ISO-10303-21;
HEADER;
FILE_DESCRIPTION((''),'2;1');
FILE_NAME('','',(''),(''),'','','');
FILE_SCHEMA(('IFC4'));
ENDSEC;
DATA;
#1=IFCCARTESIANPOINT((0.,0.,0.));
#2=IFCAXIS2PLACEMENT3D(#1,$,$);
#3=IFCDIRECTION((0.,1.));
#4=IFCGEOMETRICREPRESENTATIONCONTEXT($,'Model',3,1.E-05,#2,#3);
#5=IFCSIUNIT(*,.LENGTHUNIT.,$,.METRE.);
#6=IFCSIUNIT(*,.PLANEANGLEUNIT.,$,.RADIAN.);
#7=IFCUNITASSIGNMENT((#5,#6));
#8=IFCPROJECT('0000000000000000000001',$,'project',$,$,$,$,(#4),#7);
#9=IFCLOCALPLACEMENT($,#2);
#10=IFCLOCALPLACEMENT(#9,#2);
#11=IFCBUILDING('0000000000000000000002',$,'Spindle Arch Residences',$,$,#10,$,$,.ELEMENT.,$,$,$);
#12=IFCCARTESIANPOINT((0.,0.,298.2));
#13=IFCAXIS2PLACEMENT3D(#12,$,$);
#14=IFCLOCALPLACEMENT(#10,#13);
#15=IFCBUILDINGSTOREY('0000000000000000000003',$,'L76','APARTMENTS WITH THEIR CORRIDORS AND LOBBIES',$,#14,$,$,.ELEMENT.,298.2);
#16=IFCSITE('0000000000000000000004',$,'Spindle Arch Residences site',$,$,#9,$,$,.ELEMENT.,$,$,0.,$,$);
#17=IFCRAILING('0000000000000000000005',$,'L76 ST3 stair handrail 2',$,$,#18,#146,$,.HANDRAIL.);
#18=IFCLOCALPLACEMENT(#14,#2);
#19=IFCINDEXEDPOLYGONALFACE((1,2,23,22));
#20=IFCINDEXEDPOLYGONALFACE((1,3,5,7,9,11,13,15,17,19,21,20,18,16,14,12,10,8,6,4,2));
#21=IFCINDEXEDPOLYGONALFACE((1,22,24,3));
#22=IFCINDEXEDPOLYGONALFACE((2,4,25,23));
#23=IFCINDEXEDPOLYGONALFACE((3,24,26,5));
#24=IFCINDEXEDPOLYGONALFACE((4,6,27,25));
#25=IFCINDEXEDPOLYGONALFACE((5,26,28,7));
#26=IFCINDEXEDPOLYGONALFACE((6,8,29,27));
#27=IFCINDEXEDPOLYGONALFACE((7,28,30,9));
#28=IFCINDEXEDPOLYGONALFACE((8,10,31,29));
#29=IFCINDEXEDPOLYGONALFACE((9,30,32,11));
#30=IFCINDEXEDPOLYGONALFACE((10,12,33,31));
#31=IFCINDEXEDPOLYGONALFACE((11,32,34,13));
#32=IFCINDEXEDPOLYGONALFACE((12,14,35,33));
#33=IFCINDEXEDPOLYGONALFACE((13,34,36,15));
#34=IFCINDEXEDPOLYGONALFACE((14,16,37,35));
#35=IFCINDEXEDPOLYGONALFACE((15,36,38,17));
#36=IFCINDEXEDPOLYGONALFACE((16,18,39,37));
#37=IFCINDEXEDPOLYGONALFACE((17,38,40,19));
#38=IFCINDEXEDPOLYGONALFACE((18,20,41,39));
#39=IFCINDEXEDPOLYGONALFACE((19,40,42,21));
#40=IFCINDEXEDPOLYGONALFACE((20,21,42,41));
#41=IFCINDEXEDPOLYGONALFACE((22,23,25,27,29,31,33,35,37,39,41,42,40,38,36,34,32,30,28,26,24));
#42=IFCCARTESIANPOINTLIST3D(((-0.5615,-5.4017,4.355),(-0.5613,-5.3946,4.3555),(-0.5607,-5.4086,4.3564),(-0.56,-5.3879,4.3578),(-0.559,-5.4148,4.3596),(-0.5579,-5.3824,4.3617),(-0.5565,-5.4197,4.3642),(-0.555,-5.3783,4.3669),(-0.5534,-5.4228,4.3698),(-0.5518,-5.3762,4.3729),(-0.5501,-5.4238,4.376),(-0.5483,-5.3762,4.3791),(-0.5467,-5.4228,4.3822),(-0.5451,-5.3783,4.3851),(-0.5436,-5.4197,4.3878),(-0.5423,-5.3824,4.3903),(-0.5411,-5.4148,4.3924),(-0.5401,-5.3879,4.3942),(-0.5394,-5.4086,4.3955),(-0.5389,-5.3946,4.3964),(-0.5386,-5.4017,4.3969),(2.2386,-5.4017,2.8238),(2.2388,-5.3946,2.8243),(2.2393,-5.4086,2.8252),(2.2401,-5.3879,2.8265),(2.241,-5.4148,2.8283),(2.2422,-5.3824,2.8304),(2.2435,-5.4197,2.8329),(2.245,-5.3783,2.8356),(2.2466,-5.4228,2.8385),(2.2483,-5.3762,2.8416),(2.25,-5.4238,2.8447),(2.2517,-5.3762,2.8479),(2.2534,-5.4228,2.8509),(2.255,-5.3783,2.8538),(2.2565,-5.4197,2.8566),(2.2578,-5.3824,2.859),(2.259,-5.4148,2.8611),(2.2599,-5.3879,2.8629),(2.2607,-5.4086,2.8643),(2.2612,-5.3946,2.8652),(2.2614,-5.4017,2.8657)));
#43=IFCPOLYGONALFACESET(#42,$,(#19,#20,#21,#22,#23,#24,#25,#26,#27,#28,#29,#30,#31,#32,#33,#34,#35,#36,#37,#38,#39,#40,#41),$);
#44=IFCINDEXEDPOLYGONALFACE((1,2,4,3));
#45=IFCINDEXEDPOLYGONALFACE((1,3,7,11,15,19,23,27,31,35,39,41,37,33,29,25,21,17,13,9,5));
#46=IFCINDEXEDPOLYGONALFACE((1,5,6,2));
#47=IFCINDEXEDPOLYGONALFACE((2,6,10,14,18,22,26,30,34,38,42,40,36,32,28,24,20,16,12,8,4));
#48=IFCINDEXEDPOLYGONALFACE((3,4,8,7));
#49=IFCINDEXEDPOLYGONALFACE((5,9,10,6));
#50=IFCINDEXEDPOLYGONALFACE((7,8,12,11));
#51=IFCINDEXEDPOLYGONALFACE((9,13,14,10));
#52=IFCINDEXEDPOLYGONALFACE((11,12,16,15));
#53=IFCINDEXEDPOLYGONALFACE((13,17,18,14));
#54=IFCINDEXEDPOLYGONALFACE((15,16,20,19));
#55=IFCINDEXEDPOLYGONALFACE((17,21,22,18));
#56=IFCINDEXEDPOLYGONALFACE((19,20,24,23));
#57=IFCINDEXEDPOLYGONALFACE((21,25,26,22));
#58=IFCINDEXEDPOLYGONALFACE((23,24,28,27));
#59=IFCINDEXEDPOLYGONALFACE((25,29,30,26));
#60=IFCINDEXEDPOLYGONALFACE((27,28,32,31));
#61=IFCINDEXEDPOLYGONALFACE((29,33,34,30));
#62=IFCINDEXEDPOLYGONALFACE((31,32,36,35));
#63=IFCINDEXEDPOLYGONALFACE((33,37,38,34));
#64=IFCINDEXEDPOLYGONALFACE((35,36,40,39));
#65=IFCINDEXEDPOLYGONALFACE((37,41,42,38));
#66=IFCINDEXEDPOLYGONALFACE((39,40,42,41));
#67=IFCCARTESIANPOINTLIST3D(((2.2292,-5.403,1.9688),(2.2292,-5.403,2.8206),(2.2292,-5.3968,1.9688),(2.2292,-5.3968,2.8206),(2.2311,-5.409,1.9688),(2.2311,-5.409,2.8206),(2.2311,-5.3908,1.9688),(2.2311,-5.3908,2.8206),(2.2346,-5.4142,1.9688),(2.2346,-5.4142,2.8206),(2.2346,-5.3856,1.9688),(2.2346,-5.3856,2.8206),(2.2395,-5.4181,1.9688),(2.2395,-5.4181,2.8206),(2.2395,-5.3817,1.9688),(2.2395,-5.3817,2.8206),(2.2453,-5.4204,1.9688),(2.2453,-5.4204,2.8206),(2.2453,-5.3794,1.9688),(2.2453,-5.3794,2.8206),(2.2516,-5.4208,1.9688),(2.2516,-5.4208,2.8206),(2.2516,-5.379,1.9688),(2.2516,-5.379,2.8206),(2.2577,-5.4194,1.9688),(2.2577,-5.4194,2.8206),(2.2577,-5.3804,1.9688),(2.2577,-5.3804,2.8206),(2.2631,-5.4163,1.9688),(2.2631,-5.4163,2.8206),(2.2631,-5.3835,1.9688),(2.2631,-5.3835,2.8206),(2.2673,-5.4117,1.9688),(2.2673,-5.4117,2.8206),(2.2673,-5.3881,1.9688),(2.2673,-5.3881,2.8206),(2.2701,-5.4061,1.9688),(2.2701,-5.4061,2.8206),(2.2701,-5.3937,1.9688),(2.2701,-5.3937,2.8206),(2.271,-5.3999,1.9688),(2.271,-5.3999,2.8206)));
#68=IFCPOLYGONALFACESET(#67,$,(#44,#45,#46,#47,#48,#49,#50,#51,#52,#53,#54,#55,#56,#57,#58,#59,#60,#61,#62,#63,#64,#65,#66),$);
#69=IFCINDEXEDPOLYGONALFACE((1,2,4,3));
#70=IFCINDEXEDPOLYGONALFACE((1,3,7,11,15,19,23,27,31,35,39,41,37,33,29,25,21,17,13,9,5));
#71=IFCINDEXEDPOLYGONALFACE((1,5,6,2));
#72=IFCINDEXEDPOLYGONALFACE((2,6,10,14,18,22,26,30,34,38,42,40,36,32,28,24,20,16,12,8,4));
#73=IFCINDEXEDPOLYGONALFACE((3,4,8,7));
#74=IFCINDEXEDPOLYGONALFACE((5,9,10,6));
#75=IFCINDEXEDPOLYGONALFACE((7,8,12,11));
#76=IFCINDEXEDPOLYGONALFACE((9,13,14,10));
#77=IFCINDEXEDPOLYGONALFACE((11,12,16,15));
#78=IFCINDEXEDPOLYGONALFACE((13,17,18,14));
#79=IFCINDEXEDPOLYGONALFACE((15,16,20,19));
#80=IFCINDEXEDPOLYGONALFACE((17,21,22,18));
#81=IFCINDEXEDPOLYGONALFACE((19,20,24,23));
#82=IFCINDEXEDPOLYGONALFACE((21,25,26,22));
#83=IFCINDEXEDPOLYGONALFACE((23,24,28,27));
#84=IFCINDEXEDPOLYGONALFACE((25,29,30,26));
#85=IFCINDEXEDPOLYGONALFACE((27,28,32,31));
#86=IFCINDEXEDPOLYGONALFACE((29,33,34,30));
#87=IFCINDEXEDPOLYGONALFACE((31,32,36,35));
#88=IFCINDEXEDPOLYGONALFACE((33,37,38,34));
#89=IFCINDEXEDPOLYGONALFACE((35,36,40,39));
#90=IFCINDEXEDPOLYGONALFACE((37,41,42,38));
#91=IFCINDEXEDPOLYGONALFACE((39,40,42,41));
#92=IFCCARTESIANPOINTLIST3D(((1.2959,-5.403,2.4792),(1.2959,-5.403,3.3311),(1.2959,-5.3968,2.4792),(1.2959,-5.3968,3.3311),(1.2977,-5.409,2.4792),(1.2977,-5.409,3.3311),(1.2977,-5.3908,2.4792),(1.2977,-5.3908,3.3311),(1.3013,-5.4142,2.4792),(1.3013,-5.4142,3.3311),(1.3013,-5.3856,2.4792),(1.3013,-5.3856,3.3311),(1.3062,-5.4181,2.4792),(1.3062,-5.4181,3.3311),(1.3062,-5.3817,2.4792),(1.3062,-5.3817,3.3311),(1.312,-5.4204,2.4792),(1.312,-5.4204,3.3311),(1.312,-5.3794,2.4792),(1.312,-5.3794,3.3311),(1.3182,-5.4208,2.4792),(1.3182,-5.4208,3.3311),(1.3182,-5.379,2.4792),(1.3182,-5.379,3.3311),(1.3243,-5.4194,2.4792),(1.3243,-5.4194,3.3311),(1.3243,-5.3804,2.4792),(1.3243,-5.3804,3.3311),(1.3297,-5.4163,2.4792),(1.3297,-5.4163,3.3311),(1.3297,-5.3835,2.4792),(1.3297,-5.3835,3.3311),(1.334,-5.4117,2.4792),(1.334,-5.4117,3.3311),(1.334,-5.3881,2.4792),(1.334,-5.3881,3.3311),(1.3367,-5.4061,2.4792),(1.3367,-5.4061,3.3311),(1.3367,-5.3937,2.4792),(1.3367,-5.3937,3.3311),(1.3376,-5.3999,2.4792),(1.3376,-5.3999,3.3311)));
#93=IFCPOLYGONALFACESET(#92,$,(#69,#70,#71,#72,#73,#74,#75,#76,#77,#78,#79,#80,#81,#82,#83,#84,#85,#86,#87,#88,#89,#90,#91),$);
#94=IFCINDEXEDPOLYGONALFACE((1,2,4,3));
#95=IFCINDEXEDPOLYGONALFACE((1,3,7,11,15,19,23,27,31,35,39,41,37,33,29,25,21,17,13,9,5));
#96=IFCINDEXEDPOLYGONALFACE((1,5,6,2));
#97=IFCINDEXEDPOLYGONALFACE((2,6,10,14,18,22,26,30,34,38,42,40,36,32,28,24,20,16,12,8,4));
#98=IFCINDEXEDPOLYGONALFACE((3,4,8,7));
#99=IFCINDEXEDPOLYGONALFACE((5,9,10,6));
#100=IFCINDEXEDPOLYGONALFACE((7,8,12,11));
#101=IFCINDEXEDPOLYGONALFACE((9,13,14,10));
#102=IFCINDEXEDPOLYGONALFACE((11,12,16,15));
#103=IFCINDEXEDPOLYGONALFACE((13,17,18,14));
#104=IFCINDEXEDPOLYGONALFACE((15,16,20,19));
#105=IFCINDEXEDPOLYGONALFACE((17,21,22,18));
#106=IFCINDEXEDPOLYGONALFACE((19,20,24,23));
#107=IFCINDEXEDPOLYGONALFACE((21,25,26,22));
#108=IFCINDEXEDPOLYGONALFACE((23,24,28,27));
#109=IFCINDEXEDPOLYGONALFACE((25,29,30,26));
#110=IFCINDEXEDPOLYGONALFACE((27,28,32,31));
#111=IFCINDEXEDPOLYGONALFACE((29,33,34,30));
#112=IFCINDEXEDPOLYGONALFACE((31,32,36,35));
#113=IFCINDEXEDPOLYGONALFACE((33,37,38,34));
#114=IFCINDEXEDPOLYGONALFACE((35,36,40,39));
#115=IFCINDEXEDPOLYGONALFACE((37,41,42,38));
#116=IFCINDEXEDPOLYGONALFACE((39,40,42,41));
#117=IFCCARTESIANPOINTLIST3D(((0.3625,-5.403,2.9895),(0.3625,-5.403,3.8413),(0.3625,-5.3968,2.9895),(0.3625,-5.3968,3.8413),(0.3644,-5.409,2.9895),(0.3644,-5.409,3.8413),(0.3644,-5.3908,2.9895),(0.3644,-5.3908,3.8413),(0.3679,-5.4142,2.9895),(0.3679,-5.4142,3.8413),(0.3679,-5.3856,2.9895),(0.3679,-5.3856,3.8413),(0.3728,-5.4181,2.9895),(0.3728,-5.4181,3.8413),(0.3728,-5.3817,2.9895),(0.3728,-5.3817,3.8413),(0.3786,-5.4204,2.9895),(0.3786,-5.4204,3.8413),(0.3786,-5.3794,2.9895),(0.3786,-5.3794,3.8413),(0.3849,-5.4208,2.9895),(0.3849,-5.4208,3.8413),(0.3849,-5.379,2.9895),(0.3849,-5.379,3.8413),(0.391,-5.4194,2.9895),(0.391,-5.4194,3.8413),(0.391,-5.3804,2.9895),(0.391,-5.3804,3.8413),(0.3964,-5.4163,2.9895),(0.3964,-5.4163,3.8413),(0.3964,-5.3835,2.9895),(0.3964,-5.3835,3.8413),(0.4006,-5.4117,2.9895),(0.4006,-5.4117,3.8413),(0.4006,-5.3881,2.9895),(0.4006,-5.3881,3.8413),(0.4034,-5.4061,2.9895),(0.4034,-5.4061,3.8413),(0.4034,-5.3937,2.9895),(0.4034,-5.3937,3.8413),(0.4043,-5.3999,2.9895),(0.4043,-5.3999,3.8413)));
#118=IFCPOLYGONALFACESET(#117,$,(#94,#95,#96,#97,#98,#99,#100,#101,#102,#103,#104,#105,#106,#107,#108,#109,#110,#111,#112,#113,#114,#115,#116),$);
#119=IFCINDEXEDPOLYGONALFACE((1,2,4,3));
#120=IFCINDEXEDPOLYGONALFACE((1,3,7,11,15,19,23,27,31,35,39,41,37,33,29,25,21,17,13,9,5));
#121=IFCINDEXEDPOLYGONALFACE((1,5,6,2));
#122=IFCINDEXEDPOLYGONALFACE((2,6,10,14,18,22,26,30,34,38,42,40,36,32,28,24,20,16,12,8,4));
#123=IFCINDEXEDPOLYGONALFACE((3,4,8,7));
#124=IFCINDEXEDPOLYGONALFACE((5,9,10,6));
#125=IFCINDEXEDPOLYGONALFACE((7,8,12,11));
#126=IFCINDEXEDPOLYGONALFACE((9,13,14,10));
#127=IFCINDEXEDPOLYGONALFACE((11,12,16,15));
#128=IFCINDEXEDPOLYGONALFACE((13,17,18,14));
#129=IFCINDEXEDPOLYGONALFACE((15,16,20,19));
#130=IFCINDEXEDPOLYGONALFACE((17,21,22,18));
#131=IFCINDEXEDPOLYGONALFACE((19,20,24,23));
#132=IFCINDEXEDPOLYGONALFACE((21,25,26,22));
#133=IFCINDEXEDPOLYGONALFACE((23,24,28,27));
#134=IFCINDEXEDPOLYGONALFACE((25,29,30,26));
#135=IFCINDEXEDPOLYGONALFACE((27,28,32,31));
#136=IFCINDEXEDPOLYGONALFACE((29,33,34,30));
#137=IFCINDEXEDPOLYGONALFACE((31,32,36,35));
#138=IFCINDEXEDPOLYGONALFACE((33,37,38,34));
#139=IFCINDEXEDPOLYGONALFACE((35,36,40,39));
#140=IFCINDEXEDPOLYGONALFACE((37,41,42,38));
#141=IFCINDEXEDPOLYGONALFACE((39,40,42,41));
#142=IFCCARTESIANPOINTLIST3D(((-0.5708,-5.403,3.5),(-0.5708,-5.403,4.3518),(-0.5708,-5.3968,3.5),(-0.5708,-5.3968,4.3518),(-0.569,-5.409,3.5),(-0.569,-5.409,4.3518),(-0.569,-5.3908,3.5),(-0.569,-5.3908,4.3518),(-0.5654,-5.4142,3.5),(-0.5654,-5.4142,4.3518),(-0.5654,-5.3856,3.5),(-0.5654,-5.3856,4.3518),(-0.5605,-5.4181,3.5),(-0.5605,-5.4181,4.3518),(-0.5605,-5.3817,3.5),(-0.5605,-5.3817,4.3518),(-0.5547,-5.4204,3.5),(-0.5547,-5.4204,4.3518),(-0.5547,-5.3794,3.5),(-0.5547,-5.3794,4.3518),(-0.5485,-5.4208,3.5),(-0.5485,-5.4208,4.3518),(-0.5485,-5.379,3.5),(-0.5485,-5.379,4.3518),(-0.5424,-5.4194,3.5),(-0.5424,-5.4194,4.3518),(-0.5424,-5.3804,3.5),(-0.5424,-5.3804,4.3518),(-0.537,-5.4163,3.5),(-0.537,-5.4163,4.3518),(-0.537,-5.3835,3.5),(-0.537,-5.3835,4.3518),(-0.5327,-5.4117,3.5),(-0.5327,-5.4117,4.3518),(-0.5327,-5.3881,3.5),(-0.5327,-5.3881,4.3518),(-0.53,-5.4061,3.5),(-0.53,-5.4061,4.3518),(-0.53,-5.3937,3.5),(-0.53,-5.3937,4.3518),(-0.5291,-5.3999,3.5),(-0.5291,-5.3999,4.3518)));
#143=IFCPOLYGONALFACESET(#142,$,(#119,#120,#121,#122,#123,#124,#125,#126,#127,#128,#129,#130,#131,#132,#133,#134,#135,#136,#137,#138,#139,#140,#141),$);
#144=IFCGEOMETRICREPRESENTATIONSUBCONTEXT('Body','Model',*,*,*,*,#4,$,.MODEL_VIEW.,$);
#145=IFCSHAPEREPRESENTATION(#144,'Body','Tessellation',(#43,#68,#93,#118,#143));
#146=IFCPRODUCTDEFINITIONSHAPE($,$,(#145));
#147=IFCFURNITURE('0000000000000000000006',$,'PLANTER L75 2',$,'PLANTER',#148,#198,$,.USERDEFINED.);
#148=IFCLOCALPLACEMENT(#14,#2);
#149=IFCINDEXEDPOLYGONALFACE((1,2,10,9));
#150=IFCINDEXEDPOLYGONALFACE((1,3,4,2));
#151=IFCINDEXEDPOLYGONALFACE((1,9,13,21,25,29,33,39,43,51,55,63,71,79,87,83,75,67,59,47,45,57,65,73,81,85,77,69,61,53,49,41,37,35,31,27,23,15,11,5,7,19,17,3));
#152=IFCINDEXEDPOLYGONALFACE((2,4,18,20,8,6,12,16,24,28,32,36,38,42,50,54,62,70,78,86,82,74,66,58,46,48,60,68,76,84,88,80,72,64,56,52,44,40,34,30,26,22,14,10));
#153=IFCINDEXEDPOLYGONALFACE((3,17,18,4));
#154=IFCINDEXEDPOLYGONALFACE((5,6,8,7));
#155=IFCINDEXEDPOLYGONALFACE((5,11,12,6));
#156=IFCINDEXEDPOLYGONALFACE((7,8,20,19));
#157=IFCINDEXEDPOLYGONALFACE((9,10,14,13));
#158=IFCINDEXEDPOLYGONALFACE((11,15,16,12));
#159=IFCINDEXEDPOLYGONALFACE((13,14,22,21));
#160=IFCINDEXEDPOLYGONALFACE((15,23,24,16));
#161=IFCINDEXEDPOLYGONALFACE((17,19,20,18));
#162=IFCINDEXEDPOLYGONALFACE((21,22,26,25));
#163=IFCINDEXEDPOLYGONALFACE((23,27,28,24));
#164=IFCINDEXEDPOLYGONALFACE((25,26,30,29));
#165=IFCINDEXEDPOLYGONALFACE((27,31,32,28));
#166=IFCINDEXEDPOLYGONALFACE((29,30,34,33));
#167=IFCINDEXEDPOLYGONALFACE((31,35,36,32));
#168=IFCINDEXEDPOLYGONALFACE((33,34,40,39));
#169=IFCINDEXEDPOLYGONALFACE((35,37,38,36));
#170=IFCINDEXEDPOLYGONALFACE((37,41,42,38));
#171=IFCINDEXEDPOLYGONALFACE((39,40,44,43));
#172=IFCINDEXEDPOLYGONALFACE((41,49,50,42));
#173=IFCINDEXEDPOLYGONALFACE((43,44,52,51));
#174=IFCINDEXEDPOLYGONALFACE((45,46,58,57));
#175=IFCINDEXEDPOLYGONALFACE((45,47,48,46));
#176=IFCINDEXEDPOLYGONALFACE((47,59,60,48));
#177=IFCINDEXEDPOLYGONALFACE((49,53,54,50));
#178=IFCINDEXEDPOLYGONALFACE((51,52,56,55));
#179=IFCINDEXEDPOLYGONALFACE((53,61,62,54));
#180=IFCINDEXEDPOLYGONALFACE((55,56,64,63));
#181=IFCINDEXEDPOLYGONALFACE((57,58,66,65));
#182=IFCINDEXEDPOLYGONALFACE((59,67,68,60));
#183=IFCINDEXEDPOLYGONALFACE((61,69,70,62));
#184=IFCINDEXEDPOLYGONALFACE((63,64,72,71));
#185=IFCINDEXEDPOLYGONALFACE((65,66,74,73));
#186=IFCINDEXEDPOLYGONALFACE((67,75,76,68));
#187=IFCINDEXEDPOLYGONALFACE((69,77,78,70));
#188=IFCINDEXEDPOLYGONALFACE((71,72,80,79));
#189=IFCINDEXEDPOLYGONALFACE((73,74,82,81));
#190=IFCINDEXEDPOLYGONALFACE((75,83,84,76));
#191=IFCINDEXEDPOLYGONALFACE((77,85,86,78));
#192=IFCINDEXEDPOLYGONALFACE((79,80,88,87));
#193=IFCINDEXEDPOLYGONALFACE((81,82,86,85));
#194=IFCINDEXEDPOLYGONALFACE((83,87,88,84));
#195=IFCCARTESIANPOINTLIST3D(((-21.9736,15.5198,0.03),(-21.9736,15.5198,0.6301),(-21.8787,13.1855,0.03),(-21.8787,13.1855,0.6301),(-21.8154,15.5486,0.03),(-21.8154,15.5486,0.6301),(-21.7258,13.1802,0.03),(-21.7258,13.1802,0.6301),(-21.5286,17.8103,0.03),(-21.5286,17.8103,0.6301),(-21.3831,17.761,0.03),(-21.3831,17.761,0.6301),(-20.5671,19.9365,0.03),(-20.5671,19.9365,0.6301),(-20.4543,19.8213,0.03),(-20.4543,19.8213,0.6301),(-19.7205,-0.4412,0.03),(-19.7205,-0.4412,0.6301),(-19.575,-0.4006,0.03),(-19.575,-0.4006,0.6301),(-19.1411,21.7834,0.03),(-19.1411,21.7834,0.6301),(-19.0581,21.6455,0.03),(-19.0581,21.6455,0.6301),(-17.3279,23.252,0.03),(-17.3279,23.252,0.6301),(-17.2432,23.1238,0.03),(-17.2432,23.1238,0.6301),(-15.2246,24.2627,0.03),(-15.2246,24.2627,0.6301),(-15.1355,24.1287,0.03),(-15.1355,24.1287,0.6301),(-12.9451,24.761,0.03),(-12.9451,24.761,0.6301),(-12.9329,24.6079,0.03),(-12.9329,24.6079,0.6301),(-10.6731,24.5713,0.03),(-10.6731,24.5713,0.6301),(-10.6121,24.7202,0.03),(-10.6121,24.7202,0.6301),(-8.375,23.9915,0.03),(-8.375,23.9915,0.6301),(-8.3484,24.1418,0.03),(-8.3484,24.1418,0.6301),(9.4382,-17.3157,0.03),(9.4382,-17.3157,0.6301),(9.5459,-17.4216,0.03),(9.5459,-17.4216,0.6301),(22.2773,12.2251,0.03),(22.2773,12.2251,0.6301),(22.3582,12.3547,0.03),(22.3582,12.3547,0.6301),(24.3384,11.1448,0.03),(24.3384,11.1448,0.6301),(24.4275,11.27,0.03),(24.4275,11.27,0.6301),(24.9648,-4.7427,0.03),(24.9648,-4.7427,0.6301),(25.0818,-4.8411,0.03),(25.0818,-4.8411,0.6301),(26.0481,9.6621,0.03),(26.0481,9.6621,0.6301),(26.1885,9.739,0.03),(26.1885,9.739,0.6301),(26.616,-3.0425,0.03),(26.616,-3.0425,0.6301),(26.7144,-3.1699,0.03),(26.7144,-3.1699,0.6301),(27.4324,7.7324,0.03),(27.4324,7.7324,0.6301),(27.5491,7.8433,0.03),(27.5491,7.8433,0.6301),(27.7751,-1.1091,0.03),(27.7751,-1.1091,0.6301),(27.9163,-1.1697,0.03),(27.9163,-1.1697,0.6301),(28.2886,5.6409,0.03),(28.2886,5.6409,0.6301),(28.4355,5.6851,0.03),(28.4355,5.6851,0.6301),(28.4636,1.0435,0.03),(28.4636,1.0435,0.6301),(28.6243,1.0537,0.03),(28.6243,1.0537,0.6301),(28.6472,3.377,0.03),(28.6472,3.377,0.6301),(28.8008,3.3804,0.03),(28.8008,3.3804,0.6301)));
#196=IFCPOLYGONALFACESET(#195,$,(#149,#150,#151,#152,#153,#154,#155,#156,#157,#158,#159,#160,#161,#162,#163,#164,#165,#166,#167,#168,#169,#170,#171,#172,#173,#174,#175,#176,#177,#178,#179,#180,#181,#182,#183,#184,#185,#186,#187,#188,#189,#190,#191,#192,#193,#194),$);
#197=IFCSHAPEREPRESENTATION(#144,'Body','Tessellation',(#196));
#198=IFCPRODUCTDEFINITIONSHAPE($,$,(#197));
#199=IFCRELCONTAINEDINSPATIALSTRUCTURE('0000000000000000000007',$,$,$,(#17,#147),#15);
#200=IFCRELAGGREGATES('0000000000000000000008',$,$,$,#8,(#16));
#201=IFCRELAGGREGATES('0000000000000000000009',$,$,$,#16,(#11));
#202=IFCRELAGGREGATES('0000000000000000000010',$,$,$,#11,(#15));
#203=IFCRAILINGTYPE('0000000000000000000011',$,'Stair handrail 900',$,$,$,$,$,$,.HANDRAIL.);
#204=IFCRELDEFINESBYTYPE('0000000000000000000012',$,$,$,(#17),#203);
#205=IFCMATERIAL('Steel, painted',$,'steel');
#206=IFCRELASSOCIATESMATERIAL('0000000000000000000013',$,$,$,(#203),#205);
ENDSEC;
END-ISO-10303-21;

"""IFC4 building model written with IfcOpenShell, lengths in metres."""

from ifc_helpers import new_model, si_unit, direction, frame, origin, origin_2d, place, context, subcontext, project, spatial, polyline, circle, outline, extrude, material, type_object, element, save


model = new_model("IFC4")

# Units and contexts
model_context = context("Model", 3, precision=1e-05, world=origin(), true_north=direction((0.0, 1.0)))
body_context = subcontext(model_context, "Body", "Model", "MODEL_VIEW")
ifc_project = project(units=[si_unit("LENGTHUNIT", "METRE"), si_unit("PLANEANGLEUNIT", "RADIAN")], contexts=[model_context])

# Site, building, storey
site_placement = place(None, origin())
site = spatial("IfcSite", under=ifc_project, at=site_placement, Name="Spindle Arch Residences site", CompositionType="ELEMENT", RefElevation=0.0)
building_placement = place(site_placement, origin())
building = spatial("IfcBuilding", under=site, at=building_placement, Name="Spindle Arch Residences", CompositionType="ELEMENT")
storey_placement = place(building_placement, frame((0.0, 0.0, 298.2)))
storey = spatial("IfcBuildingStorey", under=building, at=storey_placement, Name="L76", Description="APARTMENTS WITH THEIR CORRIDORS AND LOBBIES", CompositionType="ELEMENT", Elevation=298.2)

# Railing
ifc_material_1 = material(Name="Steel, painted", Category="steel")
railing_type = type_object("IfcRailingType", Name="Stair handrail 900", PredefinedType="HANDRAIL", material=ifc_material_1)
railing_placement = place(storey_placement, frame((2.25, -5.3999, 1.9688)))
element("IfcRailing", 1, at=railing_placement, inside=storey, type_object=railing_type, Name="L76 ST3 stair handrail 2", PredefinedType="HANDRAIL", context=body_context, shape_type="SweptSolid", body=[
    extrude(circle(Radius=0.0239, at=origin_2d()), frame((0.0, 0.0, 0.876), z_axis=(-0.877375, 0.0, 0.479806), x_axis=(0.0, -1.0, 0.0)), (0.0, 0.0, 1.0), 3.1914),
    extrude(circle(Radius=0.021, at=origin_2d()), origin(), (0.0, 0.0, 1.0), 0.8518),
    extrude(circle(Radius=0.021, at=origin_2d()), frame((-0.9333, 0.0, 0.5105)), (0.0, 0.0, 1.0), 0.8518),
    extrude(circle(Radius=0.021, at=origin_2d()), frame((-1.8667, 0.0, 1.0208)), (0.0, 0.0, 1.0), 0.8518),
    extrude(circle(Radius=0.021, at=origin_2d()), frame((-2.8, 0.0, 1.5312)), (0.0, 0.0, 1.0), 0.8518),
])

# Furniture
furniture_1_placement = place(storey_placement, frame((0.0, 0.0, 0.03)))
element("IfcFurniture", 2, at=furniture_1_placement, inside=storey, Name="PLANTER L75 2", ObjectType="PLANTER", PredefinedType="USERDEFINED", context=body_context, shape_type="SweptSolid", body=[
    extrude(outline(polyline([(-21.8787, 13.1855), (-21.9736, 15.5198), (-21.5286, 17.8103), (-20.5671, 19.9365), (-19.1411, 21.7834), (-17.3279, 23.252), (-15.2246, 24.2627), (-12.9451, 24.761), (-10.6121, 24.7202), (-8.3484, 24.1418), (22.3582, 12.3547), (24.4275, 11.27), (26.1885, 9.739), (27.5491, 7.8433), (28.4355, 5.6851), (28.8008, 3.3804), (28.6243, 1.0537), (27.9163, -1.1697), (26.7144, -3.1699), (25.0818, -4.8411), (9.5459, -17.4216), (9.4382, -17.3157), (24.9648, -4.7427), (26.616, -3.0425), (27.7751, -1.1091), (28.4636, 1.0435), (28.6472, 3.377), (28.2886, 5.6409), (27.4324, 7.7324), (26.0481, 9.6621), (24.3384, 11.1448), (22.2773, 12.2251), (-8.375, 23.9915), (-10.6731, 24.5713), (-12.9329, 24.6079), (-15.1355, 24.1287), (-17.2432, 23.1238), (-19.0581, 21.6455), (-20.4543, 19.8213), (-21.3831, 17.761), (-21.8154, 15.5486), (-21.7258, 13.1802), (-19.575, -0.4006), (-19.7205, -0.4412), (-21.8787, 13.1855)])), origin(), (0.0, 0.0, 1.0), 0.6001),
])

save(model, "model.ifc")
